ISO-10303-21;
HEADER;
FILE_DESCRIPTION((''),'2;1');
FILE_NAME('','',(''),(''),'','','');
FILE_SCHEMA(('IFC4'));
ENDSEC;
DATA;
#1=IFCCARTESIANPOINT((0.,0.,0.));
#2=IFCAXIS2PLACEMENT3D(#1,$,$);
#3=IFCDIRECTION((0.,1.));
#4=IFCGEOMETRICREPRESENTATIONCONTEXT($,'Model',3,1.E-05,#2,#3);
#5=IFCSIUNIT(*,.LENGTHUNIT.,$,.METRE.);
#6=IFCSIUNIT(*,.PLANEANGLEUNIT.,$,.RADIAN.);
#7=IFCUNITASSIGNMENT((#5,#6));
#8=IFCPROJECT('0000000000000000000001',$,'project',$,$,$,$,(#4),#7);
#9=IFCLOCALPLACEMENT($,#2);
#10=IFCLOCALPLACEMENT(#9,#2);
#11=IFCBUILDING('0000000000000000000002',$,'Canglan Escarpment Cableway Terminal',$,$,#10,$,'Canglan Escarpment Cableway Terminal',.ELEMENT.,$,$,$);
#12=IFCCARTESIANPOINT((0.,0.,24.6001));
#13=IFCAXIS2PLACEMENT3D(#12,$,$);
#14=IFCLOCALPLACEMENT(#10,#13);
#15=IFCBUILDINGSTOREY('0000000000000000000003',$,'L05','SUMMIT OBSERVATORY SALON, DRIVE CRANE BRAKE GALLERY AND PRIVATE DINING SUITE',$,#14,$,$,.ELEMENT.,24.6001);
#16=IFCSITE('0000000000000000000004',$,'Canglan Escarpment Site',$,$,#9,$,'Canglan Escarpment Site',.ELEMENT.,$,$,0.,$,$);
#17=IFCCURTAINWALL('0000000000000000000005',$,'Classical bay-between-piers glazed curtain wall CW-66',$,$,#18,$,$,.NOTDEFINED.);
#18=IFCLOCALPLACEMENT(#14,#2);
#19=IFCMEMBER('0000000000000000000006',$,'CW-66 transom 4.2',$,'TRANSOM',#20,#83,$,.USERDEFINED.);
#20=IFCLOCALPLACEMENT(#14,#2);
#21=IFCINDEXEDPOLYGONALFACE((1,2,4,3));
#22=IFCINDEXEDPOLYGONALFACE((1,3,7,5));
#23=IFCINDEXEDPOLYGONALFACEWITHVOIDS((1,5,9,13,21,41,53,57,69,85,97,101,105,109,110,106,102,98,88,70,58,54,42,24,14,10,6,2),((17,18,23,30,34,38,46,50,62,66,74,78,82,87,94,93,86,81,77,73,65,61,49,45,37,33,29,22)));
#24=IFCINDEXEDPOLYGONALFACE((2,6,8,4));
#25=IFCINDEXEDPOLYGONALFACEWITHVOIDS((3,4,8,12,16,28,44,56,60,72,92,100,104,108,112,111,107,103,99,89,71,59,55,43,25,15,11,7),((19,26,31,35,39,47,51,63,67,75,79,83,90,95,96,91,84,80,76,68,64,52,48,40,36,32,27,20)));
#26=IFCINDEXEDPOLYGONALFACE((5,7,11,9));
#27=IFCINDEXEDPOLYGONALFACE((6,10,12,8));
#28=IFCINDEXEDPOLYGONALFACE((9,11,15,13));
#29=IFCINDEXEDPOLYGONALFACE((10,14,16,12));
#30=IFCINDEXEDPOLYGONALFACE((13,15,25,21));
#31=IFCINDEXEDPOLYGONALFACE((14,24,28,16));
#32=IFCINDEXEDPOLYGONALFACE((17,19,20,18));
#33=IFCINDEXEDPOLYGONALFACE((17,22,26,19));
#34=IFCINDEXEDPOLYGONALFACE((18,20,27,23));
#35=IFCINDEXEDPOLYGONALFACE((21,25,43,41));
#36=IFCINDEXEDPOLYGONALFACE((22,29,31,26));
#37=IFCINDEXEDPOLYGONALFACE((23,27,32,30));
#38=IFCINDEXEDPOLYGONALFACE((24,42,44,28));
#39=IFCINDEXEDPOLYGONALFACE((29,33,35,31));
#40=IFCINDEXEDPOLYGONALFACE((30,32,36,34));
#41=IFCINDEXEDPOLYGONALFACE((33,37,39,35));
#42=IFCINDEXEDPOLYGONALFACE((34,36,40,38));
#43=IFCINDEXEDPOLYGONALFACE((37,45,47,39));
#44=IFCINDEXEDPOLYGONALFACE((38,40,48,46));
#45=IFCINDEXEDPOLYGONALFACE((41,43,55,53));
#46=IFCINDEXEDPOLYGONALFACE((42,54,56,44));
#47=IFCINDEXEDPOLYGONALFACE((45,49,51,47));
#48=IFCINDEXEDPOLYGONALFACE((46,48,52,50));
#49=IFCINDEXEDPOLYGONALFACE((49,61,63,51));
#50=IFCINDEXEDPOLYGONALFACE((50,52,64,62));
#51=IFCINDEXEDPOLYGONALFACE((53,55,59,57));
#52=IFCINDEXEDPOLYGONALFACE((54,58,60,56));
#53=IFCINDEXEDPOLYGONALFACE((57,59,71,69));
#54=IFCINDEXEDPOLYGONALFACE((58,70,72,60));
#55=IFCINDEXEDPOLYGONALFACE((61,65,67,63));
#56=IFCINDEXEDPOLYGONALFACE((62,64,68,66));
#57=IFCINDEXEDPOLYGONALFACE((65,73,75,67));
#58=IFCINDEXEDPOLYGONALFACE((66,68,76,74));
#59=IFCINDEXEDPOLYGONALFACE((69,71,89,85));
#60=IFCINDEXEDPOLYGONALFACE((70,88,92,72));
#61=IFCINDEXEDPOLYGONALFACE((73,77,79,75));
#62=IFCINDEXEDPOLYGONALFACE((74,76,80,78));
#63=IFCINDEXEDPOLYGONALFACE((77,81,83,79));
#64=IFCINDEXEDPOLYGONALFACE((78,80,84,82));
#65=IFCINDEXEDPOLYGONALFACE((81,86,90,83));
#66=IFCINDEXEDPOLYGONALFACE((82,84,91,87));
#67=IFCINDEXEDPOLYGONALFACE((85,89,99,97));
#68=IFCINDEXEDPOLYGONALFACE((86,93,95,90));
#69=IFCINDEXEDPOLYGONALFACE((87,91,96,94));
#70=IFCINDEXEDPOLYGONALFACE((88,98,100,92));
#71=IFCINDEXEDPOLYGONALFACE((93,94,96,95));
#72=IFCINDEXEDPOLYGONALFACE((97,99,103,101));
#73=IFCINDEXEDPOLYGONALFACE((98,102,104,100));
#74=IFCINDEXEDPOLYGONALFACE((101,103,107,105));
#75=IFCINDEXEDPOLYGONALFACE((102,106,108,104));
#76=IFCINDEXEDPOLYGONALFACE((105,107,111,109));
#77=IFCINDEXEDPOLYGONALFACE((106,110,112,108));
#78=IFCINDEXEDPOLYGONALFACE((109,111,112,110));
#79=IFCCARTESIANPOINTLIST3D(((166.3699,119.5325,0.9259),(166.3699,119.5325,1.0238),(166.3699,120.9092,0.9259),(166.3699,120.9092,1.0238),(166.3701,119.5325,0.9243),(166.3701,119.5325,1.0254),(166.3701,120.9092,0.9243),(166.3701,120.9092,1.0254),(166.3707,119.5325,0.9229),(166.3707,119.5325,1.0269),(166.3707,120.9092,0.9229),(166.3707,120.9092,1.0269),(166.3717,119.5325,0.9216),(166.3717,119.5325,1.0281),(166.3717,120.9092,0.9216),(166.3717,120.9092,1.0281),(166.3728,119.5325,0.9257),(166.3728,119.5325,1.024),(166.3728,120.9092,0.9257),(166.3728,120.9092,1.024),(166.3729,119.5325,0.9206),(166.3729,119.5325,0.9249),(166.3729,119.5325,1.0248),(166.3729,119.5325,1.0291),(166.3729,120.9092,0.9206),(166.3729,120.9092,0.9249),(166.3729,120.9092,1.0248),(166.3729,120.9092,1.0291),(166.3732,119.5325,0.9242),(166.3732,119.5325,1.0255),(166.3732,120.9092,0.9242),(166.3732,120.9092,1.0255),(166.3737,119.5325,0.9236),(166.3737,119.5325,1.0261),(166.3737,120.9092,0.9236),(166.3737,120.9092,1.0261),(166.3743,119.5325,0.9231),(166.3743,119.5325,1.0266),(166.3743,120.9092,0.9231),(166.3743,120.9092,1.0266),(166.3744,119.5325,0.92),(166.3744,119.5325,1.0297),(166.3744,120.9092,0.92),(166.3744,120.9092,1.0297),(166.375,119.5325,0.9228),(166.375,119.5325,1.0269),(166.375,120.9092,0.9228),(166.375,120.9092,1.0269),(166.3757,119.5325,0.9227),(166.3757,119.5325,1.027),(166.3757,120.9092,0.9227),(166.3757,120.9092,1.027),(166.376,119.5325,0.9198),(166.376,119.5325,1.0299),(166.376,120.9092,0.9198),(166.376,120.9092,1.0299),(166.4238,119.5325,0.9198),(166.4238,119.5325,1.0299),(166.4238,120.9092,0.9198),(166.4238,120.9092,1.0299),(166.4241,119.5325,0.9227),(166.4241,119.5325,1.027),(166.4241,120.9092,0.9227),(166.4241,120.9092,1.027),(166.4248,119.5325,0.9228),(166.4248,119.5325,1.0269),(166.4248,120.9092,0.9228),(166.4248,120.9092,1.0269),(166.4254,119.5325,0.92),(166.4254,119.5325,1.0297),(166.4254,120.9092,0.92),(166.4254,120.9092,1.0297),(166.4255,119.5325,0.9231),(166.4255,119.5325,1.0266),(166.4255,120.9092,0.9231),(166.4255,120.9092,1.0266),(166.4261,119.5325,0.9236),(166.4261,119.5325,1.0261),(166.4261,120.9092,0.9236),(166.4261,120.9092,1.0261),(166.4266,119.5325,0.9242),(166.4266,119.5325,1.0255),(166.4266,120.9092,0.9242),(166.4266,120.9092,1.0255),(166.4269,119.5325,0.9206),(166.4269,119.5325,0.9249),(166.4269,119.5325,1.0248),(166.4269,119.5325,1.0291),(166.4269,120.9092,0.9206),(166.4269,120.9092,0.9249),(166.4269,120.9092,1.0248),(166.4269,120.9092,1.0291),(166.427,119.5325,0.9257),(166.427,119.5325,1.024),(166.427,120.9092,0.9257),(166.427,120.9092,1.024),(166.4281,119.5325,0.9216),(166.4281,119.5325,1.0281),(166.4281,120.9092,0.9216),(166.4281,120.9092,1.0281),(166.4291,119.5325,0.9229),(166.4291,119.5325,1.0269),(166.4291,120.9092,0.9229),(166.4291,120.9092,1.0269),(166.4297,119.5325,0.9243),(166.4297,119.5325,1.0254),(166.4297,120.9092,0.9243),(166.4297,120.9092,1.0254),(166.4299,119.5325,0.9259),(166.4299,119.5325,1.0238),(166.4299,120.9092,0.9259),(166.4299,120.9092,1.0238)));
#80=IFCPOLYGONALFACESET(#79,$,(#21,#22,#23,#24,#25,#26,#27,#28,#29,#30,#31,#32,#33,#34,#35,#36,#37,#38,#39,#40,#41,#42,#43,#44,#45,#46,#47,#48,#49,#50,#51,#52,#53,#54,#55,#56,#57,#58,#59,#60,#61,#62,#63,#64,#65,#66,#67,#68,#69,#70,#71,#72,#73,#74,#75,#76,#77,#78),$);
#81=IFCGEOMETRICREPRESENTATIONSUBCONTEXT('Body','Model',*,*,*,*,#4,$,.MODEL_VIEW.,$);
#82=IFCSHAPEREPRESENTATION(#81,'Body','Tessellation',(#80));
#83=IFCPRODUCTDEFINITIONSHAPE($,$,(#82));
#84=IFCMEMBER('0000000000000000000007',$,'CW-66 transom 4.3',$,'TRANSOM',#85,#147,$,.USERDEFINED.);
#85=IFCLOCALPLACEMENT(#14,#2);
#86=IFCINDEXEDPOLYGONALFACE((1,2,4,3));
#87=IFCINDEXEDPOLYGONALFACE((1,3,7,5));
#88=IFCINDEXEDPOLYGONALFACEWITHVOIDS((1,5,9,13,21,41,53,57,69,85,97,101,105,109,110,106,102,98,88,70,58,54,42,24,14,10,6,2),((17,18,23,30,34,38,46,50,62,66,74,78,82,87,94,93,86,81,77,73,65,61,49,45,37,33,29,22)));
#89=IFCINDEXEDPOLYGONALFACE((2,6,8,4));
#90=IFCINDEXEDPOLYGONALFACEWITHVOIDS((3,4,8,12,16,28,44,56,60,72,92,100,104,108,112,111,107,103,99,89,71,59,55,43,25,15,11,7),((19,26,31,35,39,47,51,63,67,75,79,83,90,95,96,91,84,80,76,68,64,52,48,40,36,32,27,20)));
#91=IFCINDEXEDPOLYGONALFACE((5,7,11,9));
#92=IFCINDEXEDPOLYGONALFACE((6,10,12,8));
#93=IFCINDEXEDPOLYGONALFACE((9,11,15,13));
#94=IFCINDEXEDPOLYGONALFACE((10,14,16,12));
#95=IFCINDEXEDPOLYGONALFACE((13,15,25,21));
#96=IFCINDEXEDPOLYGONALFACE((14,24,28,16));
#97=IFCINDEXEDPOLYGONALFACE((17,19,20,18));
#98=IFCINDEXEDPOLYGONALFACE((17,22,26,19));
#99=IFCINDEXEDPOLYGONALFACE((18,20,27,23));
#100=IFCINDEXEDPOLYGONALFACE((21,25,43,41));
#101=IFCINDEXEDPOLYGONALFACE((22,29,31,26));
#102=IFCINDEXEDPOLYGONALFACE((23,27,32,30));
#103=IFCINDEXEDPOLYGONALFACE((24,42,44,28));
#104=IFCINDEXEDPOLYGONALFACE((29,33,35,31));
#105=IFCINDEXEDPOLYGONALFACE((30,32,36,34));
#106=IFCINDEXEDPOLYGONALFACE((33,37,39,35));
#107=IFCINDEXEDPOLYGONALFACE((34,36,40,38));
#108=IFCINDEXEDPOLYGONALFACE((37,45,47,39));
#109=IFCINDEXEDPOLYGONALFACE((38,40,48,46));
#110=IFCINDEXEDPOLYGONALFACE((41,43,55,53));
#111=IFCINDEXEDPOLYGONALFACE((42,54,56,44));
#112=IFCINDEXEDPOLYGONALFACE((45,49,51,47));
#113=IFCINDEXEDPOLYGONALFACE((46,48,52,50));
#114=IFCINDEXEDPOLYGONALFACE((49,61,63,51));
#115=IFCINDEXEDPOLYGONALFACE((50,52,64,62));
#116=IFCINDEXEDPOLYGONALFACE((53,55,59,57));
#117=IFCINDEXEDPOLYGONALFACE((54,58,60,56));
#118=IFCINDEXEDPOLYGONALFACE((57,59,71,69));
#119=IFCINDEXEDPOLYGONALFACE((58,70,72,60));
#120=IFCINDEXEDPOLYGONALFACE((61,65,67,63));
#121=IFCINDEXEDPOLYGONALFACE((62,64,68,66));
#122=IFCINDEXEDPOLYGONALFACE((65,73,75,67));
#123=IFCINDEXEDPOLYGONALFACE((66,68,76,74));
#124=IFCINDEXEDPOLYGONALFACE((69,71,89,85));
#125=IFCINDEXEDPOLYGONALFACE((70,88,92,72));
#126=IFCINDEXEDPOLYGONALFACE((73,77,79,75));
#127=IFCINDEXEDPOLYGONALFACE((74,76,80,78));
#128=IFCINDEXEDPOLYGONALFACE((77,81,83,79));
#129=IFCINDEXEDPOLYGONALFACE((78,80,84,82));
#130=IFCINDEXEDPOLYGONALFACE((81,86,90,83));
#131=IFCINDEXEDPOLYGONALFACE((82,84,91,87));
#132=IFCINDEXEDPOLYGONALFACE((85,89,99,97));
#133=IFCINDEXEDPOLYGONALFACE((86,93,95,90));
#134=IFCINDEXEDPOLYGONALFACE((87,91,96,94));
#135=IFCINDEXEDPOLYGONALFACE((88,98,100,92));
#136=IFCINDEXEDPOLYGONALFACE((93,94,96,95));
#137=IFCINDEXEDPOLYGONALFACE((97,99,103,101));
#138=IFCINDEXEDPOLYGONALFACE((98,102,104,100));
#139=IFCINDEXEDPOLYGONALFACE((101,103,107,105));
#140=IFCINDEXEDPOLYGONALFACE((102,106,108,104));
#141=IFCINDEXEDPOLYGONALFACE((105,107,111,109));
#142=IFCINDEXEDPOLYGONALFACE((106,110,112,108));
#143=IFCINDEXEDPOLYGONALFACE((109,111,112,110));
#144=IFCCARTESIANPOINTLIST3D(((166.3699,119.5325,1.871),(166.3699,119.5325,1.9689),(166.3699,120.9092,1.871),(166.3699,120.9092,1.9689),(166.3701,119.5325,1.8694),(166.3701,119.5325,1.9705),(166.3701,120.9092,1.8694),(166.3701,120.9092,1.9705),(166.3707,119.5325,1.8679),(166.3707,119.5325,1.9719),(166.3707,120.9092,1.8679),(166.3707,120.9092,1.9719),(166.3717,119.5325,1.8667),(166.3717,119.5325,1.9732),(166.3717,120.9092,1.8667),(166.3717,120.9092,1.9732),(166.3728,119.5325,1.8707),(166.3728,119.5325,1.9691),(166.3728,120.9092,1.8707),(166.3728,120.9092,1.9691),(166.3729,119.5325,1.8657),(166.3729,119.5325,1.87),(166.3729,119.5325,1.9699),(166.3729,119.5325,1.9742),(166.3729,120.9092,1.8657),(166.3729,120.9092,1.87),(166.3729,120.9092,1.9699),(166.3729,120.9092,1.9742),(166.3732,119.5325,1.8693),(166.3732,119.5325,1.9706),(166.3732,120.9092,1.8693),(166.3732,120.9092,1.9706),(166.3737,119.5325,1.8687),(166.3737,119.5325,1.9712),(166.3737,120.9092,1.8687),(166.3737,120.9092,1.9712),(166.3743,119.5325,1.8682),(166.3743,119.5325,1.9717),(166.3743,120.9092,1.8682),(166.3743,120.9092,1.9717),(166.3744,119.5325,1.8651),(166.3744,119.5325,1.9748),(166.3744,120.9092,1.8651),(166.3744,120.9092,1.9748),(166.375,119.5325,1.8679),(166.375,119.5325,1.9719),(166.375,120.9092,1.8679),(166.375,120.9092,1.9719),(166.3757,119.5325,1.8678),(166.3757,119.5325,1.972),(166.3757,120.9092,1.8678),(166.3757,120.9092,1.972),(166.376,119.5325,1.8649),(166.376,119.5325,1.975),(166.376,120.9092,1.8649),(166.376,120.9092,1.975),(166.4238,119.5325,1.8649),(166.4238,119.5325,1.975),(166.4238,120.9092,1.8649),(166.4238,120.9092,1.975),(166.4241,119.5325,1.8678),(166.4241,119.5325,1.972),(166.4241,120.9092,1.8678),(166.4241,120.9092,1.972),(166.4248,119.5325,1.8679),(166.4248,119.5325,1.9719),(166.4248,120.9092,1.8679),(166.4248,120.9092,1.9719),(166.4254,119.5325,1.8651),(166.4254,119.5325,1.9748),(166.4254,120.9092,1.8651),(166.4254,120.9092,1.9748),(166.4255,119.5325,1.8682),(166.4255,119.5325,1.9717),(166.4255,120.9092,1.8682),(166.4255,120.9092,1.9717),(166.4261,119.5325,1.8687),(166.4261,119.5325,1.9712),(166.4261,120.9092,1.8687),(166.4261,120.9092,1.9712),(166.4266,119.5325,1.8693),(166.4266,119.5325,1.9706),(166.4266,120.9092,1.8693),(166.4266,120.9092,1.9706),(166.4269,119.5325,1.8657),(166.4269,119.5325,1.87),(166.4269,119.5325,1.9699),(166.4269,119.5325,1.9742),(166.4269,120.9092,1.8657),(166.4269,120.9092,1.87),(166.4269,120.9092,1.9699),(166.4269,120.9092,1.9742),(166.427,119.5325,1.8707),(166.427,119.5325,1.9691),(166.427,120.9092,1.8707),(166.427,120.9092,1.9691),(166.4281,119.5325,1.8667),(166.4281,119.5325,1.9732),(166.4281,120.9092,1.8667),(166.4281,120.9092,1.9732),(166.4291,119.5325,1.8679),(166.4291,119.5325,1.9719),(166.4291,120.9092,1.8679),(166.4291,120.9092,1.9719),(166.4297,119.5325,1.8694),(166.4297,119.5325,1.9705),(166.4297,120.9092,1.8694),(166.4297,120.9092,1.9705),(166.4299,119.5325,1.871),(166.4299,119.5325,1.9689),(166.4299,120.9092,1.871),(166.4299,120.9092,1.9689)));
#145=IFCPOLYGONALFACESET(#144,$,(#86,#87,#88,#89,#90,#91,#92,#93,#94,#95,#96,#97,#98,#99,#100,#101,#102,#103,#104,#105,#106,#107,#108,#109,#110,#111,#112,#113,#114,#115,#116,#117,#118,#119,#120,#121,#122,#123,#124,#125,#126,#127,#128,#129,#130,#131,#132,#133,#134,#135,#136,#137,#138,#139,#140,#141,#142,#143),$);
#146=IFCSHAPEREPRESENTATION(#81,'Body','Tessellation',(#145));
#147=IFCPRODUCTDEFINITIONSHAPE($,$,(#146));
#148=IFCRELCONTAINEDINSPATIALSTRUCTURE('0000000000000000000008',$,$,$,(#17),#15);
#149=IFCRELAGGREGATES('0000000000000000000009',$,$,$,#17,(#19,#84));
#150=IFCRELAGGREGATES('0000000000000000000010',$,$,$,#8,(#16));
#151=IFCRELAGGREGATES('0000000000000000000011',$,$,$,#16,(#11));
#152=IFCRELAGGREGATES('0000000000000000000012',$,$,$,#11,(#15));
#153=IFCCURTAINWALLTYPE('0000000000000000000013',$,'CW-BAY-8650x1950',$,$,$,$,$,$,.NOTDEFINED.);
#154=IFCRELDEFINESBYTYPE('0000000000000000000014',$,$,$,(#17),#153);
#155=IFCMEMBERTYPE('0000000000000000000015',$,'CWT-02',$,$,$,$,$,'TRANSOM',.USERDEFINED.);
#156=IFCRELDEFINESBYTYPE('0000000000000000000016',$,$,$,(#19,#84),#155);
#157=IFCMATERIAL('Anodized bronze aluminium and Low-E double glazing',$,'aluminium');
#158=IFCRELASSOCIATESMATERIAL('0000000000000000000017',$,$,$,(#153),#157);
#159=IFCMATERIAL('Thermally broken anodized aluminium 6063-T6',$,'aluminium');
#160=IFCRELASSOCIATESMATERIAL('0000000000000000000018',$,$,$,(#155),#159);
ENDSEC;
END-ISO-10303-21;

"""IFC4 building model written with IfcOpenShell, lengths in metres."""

from ifc_helpers import new_model, si_unit, direction, frame, origin, origin_2d, place, context, subcontext, project, spatial, hollow_rectangle, extrude, material, material_profile, profile_set, type_object, element, aggregate, save


model = new_model("IFC4")

# Units and contexts
model_context = context("Model", 3, precision=1e-05, world=origin(), true_north=direction((0.0, 1.0)))
body_context = subcontext(model_context, "Body", "Model", "MODEL_VIEW")
ifc_project = project(units=[si_unit("LENGTHUNIT", "METRE"), si_unit("PLANEANGLEUNIT", "RADIAN")], contexts=[model_context])

# Site, building, storey
site_placement = place(None, origin())
site = spatial("IfcSite", under=ifc_project, at=site_placement, Name="Canglan Escarpment Site", LongName="Canglan Escarpment Site", CompositionType="ELEMENT", RefElevation=0.0)
building_placement = place(site_placement, origin())
building = spatial("IfcBuilding", under=site, at=building_placement, Name="Canglan Escarpment Cableway Terminal", LongName="Canglan Escarpment Cableway Terminal", CompositionType="ELEMENT")
storey_placement = place(building_placement, frame((0.0, 0.0, 24.6001)))
storey = spatial("IfcBuildingStorey", under=building, at=storey_placement, Name="L05", Description="SUMMIT OBSERVATORY SALON, DRIVE CRANE BRAKE GALLERY AND PRIVATE DINING SUITE", CompositionType="ELEMENT", Elevation=24.6001)

# Curtain wall, members
ifc_material_1 = material(Name="Anodized bronze aluminium and Low-E double glazing", Category="aluminium")
curtain_wall_type = type_object("IfcCurtainWallType", Name="CW-BAY-8650x1950", PredefinedType="NOTDEFINED", material=ifc_material_1)
curtain_wall_placement = place(storey_placement, origin())
curtain_wall = element("IfcCurtainWall", 1, at=curtain_wall_placement, inside=storey, type_object=curtain_wall_type, Name="Classical bay-between-piers glazed curtain wall CW-66", PredefinedType="NOTDEFINED")
ifc_material_2 = material(Name="Thermally broken anodized aluminium 6063-T6", Category="aluminium")
ifc_material_profile_1 = material_profile(ifc_material_2, hollow_rectangle(XDim=0.0601, YDim=0.1101, WallThickness=0.0029, InnerFilletRadius=0.0029, OuterFilletRadius=0.0061, at=origin_2d()), Name="ALU-TRAN 60x110x3")
ifc_profile_set_1 = profile_set([ifc_material_profile_1], Name="Thermally broken anodized aluminium 6063-T6")
member_type_1 = type_object("IfcMemberType", Name="CWT-02", ElementType="TRANSOM", PredefinedType="USERDEFINED", material=ifc_profile_set_1)
member_1_placement = place(storey_placement, frame((166.3999, 119.5325, 0.9749), z_axis=(0.0, 1.0, 0.0), x_axis=(-1.0, 0.0, 0.0)))
member_1 = element("IfcMember", 2, at=member_1_placement, type_object=member_type_1, Name="CW-66 transom 4.2", ObjectType="TRANSOM", PredefinedType="USERDEFINED", context=body_context, shape_type="SweptSolid", body=[
    extrude(hollow_rectangle(XDim=0.0601, YDim=0.1101, WallThickness=0.0029, InnerFilletRadius=0.0029, OuterFilletRadius=0.0061, at=origin_2d()), origin(), (0.0, 0.0, 1.0), 1.3767),
])
member_2_placement = place(storey_placement, frame((166.3999, 119.5325, 1.9199), z_axis=(0.0, 1.0, 0.0), x_axis=(-1.0, 0.0, 0.0)))
member_2 = element("IfcMember", 3, at=member_2_placement, type_object=member_type_1, Name="CW-66 transom 4.3", ObjectType="TRANSOM", PredefinedType="USERDEFINED", context=body_context, shape_type="SweptSolid", body=[
    extrude(hollow_rectangle(XDim=0.0601, YDim=0.1101, WallThickness=0.0029, InnerFilletRadius=0.0029, OuterFilletRadius=0.0061, at=origin_2d()), origin(), (0.0, 0.0, 1.0), 1.3767),
])

aggregate(curtain_wall, [member_1, member_2])

save(model, "model.ifc")
